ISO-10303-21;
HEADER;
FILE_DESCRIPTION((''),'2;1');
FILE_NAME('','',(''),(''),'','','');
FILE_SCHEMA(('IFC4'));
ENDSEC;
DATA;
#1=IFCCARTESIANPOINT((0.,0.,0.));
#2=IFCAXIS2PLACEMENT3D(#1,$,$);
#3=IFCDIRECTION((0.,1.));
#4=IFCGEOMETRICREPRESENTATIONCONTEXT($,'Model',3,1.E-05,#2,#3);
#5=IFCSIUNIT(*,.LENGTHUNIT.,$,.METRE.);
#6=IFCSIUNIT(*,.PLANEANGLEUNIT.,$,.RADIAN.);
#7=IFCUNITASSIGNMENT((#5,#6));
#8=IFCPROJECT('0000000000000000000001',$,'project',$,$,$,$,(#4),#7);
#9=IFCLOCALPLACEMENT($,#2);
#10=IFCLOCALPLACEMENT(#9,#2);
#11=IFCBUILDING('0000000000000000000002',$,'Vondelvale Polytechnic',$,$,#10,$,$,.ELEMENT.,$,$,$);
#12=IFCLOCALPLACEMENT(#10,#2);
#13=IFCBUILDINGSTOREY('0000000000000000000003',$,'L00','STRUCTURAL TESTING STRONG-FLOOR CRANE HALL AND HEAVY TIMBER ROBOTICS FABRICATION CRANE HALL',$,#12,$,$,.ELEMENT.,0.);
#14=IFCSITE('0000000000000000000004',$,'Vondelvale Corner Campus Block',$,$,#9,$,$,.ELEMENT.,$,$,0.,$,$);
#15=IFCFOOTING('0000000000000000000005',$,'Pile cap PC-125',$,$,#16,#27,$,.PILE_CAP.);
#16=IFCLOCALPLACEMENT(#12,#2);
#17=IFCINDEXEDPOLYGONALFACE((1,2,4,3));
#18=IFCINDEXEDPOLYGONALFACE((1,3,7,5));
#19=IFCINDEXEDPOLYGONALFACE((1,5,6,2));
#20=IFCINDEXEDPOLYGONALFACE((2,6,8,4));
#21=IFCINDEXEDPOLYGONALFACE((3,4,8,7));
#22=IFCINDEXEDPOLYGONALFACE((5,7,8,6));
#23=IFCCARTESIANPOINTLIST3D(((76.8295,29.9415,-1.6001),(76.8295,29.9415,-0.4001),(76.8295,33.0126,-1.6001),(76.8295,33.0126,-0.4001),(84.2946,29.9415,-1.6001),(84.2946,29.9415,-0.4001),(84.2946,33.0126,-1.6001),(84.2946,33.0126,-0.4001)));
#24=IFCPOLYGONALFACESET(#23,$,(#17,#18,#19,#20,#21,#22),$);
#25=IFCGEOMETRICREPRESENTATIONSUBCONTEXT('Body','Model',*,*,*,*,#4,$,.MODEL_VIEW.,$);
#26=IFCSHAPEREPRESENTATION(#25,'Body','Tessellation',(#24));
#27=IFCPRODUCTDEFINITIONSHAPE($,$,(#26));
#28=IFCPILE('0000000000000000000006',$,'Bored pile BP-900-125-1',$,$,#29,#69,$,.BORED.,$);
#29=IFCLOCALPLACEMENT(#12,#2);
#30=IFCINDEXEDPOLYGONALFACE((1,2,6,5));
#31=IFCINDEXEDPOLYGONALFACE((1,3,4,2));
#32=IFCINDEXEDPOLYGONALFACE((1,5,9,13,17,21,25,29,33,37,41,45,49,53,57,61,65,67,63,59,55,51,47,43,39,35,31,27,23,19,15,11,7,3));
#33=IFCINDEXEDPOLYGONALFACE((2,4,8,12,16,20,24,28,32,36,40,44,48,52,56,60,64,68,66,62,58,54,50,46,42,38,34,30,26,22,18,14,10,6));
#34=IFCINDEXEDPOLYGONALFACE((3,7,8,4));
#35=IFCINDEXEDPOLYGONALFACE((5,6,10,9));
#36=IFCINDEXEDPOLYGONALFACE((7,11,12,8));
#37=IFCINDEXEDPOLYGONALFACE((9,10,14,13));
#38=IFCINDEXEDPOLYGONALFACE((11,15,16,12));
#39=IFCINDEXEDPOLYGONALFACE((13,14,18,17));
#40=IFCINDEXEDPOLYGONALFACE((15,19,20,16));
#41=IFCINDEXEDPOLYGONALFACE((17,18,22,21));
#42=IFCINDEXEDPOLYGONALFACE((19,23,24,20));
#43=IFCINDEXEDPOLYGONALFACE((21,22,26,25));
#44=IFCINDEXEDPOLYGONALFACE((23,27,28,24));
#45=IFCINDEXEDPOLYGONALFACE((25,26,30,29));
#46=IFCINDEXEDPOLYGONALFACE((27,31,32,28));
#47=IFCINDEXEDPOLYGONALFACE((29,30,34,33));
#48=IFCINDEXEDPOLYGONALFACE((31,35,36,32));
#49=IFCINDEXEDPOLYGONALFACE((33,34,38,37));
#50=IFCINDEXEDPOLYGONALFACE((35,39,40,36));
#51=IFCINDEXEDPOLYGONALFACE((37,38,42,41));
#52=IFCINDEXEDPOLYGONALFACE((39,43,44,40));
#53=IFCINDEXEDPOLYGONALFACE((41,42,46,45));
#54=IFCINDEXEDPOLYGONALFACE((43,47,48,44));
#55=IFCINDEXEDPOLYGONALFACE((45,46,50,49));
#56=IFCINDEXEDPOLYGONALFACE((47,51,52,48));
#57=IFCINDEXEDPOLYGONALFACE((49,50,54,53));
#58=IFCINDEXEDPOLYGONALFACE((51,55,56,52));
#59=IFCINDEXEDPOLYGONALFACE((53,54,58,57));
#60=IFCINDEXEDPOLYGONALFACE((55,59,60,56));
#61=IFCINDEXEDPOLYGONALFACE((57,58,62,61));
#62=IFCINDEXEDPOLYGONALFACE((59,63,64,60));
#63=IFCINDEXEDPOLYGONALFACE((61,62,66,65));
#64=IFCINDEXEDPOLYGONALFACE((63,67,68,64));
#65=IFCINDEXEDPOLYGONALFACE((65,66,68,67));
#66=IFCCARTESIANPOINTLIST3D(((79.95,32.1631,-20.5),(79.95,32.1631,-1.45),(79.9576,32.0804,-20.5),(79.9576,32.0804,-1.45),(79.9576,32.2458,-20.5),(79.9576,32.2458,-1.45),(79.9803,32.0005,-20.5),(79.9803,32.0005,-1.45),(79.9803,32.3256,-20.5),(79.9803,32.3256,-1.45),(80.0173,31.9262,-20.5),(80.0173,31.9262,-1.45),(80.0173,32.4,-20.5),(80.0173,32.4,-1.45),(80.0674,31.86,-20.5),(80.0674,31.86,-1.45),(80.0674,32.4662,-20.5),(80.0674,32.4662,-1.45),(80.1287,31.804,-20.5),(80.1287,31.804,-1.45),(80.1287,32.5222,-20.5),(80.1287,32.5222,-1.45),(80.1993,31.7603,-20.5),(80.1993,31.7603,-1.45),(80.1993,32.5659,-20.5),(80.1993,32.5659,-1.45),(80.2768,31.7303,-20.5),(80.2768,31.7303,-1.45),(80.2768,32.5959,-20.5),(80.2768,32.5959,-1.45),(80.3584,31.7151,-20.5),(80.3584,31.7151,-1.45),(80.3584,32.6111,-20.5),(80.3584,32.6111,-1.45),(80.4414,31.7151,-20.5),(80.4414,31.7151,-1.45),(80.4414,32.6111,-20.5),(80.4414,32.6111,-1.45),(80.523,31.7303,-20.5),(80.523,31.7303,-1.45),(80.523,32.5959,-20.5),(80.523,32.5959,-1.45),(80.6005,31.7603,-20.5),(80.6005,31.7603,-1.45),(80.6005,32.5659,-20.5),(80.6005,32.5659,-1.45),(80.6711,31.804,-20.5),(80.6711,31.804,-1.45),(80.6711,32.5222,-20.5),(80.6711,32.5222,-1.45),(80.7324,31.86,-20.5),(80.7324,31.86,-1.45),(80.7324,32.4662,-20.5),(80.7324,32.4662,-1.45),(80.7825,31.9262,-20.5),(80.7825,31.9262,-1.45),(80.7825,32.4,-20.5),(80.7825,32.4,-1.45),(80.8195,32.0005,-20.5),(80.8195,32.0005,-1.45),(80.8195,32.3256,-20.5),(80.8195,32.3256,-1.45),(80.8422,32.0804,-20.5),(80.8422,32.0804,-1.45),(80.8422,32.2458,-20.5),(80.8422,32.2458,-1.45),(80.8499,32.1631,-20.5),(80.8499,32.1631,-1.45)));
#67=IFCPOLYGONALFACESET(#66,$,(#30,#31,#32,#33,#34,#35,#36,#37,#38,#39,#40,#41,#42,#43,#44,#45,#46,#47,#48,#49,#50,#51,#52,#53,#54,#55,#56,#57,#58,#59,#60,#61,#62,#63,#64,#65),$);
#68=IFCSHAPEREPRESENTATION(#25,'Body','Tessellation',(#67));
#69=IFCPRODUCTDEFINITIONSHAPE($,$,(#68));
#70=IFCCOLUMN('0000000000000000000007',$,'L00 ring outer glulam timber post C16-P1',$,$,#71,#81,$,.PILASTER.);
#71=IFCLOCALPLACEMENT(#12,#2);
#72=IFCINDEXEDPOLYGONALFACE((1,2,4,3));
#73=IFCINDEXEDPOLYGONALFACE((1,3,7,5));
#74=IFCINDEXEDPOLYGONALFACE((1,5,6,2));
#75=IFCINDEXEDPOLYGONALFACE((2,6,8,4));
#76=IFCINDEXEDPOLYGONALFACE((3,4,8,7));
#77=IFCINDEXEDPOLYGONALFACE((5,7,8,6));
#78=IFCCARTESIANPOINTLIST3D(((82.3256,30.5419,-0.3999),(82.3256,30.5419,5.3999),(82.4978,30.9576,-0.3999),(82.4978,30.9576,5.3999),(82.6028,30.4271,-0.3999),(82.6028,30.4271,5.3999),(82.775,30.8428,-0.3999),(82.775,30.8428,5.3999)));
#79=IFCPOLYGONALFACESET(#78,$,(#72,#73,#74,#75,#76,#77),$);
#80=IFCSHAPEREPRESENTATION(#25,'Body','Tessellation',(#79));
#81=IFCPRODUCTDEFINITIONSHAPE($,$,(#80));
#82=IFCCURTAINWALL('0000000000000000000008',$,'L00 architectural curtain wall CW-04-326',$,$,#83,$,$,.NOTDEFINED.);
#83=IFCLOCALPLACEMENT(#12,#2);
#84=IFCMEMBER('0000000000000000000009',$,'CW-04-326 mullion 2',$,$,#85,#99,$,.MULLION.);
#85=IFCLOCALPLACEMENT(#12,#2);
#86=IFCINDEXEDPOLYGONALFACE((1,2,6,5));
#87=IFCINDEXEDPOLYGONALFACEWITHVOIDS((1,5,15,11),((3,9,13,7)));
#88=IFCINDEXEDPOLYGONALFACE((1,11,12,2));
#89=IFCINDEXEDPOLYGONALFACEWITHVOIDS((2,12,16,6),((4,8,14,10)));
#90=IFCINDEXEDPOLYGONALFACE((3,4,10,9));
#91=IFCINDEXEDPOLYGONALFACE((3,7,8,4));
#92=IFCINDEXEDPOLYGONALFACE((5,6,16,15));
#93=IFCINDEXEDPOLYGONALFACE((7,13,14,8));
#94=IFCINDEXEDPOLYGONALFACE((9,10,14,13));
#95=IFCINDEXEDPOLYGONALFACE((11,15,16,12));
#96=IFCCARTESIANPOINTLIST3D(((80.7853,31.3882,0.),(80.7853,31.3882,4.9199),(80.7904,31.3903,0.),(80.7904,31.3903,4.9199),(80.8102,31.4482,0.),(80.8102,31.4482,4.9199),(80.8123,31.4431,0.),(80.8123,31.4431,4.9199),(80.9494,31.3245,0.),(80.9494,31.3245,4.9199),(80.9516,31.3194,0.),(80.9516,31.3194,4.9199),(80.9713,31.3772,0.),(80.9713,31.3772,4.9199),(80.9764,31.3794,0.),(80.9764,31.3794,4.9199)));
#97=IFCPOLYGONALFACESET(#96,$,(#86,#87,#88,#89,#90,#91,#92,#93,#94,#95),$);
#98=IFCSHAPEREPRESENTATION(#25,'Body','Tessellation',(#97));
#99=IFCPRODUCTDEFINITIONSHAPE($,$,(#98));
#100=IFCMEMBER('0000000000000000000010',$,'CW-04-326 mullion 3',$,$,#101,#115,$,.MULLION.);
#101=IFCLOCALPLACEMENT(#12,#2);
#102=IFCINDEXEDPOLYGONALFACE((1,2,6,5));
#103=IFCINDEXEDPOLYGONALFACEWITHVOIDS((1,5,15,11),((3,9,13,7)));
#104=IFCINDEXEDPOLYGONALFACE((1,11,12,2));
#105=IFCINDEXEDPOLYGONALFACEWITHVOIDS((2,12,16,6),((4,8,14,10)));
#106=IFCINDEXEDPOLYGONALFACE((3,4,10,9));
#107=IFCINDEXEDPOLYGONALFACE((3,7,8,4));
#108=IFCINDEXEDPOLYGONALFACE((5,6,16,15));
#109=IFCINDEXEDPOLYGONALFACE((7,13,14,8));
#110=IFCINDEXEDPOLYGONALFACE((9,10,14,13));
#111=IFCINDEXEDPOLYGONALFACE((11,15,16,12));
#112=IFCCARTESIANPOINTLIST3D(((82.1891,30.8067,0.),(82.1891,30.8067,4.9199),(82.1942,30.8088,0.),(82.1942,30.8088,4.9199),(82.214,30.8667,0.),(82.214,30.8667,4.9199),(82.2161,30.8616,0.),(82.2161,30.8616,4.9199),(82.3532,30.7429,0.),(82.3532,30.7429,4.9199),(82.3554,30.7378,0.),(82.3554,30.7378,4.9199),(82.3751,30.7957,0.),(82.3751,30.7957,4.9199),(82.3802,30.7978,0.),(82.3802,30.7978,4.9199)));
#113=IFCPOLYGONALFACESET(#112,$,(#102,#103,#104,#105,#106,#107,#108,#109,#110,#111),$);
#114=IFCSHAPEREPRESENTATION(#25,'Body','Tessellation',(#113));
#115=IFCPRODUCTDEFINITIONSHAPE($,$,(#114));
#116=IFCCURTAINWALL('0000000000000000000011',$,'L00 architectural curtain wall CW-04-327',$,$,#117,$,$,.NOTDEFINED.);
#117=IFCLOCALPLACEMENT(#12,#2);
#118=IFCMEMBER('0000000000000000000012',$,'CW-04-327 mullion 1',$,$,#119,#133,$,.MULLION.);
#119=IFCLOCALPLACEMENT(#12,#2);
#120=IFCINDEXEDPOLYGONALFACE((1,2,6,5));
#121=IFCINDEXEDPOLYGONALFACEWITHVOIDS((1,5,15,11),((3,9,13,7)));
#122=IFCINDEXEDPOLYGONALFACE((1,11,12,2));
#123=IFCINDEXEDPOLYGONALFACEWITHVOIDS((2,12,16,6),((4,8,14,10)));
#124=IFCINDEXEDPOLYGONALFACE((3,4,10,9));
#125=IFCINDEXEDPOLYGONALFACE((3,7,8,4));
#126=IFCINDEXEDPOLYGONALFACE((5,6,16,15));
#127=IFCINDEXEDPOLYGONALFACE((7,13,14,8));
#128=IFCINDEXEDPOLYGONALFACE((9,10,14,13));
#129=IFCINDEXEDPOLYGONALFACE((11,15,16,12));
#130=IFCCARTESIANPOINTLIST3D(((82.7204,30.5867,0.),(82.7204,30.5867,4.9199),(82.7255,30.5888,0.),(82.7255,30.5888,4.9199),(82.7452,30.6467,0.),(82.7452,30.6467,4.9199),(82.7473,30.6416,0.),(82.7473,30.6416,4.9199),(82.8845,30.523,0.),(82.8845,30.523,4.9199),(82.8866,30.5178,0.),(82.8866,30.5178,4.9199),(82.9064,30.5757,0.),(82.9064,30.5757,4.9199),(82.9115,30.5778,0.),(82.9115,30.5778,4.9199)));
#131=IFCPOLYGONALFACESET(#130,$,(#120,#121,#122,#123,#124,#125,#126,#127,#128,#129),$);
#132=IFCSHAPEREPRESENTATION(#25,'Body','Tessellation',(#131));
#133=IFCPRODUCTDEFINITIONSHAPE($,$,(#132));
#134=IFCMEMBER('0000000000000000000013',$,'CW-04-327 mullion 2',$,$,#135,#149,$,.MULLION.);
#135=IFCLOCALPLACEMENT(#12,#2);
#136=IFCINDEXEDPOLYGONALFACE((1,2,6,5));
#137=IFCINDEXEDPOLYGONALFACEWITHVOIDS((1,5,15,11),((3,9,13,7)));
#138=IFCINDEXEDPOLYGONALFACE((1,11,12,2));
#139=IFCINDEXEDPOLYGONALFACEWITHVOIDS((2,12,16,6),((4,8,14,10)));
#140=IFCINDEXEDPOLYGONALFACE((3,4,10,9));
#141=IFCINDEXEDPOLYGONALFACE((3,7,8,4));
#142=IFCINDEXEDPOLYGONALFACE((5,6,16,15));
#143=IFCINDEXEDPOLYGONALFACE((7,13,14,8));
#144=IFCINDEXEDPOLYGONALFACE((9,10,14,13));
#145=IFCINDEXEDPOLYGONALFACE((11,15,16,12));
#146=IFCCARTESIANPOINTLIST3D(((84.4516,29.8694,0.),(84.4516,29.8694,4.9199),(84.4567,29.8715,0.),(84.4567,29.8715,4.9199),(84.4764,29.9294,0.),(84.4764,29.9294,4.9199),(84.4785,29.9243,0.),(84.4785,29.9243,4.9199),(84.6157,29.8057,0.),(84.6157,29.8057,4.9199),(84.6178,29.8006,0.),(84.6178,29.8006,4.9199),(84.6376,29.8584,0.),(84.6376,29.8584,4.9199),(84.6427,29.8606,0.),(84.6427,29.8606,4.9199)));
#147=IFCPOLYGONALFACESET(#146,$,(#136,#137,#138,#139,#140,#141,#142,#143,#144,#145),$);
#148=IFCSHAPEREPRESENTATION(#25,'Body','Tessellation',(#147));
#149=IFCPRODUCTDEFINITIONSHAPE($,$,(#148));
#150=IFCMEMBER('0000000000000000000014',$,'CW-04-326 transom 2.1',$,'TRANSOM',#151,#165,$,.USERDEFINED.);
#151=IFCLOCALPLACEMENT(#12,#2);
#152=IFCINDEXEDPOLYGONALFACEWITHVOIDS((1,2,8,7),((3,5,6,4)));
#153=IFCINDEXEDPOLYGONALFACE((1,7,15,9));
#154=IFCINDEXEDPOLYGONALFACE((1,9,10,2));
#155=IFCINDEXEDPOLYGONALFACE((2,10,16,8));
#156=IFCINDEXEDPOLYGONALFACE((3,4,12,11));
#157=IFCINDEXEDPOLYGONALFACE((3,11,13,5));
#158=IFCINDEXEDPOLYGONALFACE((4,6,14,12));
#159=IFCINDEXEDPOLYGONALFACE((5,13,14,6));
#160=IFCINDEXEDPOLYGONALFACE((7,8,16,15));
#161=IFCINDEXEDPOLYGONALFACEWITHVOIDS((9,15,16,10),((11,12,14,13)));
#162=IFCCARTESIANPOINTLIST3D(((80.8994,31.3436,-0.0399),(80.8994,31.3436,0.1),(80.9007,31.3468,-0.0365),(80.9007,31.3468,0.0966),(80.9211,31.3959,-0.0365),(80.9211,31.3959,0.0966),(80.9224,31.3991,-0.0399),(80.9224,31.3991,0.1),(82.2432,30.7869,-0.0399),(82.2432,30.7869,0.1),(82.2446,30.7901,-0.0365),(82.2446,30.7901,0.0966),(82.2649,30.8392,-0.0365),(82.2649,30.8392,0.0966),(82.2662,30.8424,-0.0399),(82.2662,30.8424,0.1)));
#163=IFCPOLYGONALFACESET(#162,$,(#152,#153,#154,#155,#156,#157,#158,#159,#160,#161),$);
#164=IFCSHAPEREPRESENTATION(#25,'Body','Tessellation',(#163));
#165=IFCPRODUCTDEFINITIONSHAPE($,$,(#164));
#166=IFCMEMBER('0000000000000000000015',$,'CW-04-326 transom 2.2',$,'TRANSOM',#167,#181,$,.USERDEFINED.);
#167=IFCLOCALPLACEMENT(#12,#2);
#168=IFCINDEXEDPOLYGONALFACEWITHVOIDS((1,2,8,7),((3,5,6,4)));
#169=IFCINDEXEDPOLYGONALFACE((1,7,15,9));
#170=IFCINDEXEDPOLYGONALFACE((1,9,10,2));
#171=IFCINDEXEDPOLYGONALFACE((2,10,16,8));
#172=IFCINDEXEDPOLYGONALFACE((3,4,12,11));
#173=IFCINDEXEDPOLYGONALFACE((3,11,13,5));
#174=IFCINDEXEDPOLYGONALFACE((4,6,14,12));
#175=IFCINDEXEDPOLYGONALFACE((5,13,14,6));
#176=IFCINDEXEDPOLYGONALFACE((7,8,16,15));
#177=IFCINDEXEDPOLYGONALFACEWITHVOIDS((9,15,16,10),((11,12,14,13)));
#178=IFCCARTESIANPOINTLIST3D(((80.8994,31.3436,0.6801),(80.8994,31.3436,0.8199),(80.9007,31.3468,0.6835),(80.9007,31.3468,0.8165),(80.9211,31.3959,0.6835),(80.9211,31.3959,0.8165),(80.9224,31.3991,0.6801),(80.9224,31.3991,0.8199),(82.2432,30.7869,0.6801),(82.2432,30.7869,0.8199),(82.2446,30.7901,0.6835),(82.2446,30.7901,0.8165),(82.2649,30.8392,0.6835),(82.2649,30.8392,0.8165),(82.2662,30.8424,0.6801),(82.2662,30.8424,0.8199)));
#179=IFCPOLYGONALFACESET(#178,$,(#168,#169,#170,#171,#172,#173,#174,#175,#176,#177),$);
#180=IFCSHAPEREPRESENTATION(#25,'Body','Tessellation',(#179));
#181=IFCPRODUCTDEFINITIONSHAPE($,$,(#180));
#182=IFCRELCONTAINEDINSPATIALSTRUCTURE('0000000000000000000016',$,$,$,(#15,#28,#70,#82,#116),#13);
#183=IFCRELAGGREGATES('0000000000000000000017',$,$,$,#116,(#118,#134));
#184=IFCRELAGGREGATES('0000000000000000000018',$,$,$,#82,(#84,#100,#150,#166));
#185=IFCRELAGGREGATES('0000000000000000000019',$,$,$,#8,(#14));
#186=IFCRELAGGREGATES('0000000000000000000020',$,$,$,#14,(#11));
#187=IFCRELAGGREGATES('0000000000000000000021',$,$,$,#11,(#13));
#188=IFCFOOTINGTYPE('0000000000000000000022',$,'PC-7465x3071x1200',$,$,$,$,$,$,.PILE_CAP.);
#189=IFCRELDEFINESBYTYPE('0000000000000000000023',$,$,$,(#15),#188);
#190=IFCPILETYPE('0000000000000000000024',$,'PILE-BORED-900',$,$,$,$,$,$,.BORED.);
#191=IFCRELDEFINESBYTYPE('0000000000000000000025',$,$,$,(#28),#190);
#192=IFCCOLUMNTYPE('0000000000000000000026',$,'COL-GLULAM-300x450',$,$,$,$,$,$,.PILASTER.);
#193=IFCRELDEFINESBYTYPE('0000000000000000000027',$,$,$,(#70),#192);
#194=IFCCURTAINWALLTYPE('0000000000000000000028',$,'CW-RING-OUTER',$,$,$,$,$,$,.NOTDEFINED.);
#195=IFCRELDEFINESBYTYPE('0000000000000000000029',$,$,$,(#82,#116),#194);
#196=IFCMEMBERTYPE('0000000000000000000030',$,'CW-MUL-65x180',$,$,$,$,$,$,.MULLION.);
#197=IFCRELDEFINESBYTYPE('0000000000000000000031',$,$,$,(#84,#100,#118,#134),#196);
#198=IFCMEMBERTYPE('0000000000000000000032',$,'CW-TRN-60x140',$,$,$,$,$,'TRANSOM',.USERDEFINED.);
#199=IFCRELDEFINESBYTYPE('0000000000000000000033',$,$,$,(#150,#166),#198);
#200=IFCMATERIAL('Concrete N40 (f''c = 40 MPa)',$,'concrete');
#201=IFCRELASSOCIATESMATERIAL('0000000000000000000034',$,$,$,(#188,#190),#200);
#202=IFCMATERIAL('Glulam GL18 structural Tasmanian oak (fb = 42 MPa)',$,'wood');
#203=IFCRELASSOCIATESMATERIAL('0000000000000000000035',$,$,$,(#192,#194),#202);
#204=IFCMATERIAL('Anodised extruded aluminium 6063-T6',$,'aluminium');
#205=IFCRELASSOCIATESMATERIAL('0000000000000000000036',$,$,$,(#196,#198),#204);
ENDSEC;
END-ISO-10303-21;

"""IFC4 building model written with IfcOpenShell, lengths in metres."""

from ifc_helpers import new_model, si_unit, direction, frame, origin, origin_2d, place, context, subcontext, project, spatial, rectangle, hollow_rectangle, circle, extrude, material, material_profile, profile_set, type_object, element, aggregate, save


model = new_model("IFC4")

# Units and contexts
model_context = context("Model", 3, precision=1e-05, world=origin(), true_north=direction((0.0, 1.0)))
body_context = subcontext(model_context, "Body", "Model", "MODEL_VIEW")
ifc_project = project(units=[si_unit("LENGTHUNIT", "METRE"), si_unit("PLANEANGLEUNIT", "RADIAN")], contexts=[model_context])

# Site, building, storey
site_placement = place(None, origin())
site = spatial("IfcSite", under=ifc_project, at=site_placement, Name="Vondelvale Corner Campus Block", CompositionType="ELEMENT", RefElevation=0.0)
building_placement = place(site_placement, origin())
building = spatial("IfcBuilding", under=site, at=building_placement, Name="Vondelvale Polytechnic", CompositionType="ELEMENT")
storey_placement = place(building_placement, origin())
storey = spatial("IfcBuildingStorey", under=building, at=storey_placement, Name="L00", Description="STRUCTURAL TESTING STRONG-FLOOR CRANE HALL AND HEAVY TIMBER ROBOTICS FABRICATION CRANE HALL", CompositionType="ELEMENT", Elevation=0.0)

# Footing
ifc_material_1 = material(Name="Concrete N40 (f'c = 40 MPa)", Category="concrete")
footing_type = type_object("IfcFootingType", Name="PC-7465x3071x1200", PredefinedType="PILE_CAP", material=ifc_material_1)
footing_placement = place(storey_placement, frame((80.562, 31.4771, -1.6001), z_axis=(0.0, 0.0, 1.0), x_axis=(1.0, 0.0, 0.0)))
element("IfcFooting", 1, at=footing_placement, inside=storey, type_object=footing_type, Name="Pile cap PC-125", PredefinedType="PILE_CAP", context=body_context, shape_type="SweptSolid", body=[
    extrude(rectangle(XDim=7.4651, YDim=3.071, at=origin_2d()), origin(), (0.0, 0.0, 1.0), 1.2),
])

# Pile
ifc_material_profile_1 = material_profile(ifc_material_1, circle(Radius=0.45, at=origin_2d()), Name="PILE-D900")
ifc_profile_set_1 = profile_set([ifc_material_profile_1], Name="Concrete N40 (f'c = 40 MPa)")
pile_type = type_object("IfcPileType", Name="PILE-BORED-900", PredefinedType="BORED", material=ifc_profile_set_1)
pile_placement = place(storey_placement, frame((80.3999, 32.1631, -1.45), z_axis=(0.0, 0.0, -1.0), x_axis=(1.0, 0.0, 0.0)))
element("IfcPile", 2, at=pile_placement, inside=storey, type_object=pile_type, Name="Bored pile BP-900-125-1", PredefinedType="BORED", context=body_context, shape_type="SweptSolid", body=[
    extrude(circle(Radius=0.45, at=origin_2d()), origin(), (0.0, 0.0, 1.0), 19.05),
])

# Column
ifc_material_2 = material(Name="Glulam GL18 structural Tasmanian oak (fb = 42 MPa)", Category="wood")
ifc_material_profile_2 = material_profile(ifc_material_2, rectangle(XDim=0.3, YDim=0.45, at=origin_2d()), Name="GL-POST-300x450")
ifc_profile_set_2 = profile_set([ifc_material_profile_2], Name="Glulam GL18 structural Tasmanian oak (fb = 42 MPa)")
column_type = type_object("IfcColumnType", Name="COL-GLULAM-300x450", PredefinedType="PILASTER", material=ifc_profile_set_2)
column_placement = place(storey_placement, frame((82.5503, 30.6924, -0.3999), z_axis=(0.0, 0.0, 1.0), x_axis=(-0.92388, 0.382683, 0.0)))
element("IfcColumn", 3, at=column_placement, inside=storey, type_object=column_type, Name="L00 ring outer glulam timber post C16-P1", PredefinedType="PILASTER", context=body_context, shape_type="SweptSolid", body=[
    extrude(rectangle(XDim=0.3, YDim=0.45, at=origin_2d()), origin(), (0.0, 0.0, 1.0), 5.7998),
])

# Curtain walls, members
curtain_wall_type = type_object("IfcCurtainWallType", Name="CW-RING-OUTER", PredefinedType="NOTDEFINED", material=ifc_material_2)
curtain_wall_1_placement = place(storey_placement, origin())
curtain_wall_1 = element("IfcCurtainWall", 4, at=curtain_wall_1_placement, inside=storey, type_object=curtain_wall_type, Name="L00 architectural curtain wall CW-04-326", PredefinedType="NOTDEFINED")
ifc_material_3 = material(Name="Anodised extruded aluminium 6063-T6", Category="aluminium")
ifc_material_profile_3 = material_profile(ifc_material_3, hollow_rectangle(XDim=0.0649, YDim=0.1799, WallThickness=0.0039, at=origin_2d()), Name="CW-MUL-180x65")
ifc_profile_set_3 = profile_set([ifc_material_profile_3], Name="Anodised extruded aluminium 6063-T6")
member_type_1 = type_object("IfcMemberType", Name="CW-MUL-65x180", PredefinedType="MULLION", material=ifc_profile_set_3)
member_1_placement = place(storey_placement, frame((80.8809, 31.3838, 0.0), z_axis=(0.0, 0.0, 1.0), x_axis=(0.382679, 0.923881, 0.0)))
member_1 = element("IfcMember", 5, at=member_1_placement, type_object=member_type_1, Name="CW-04-326 mullion 2", PredefinedType="MULLION", context=body_context, shape_type="SweptSolid", body=[
    extrude(hollow_rectangle(XDim=0.0649, YDim=0.1799, WallThickness=0.0039, at=origin_2d()), origin(), (0.0, 0.0, 1.0), 4.9199),
])
member_2_placement = place(storey_placement, frame((82.2847, 30.8022, 0.0), z_axis=(0.0, 0.0, 1.0), x_axis=(0.382679, 0.923881, 0.0)))
member_2 = element("IfcMember", 6, at=member_2_placement, type_object=member_type_1, Name="CW-04-326 mullion 3", PredefinedType="MULLION", context=body_context, shape_type="SweptSolid", body=[
    extrude(hollow_rectangle(XDim=0.0649, YDim=0.1799, WallThickness=0.0039, at=origin_2d()), origin(), (0.0, 0.0, 1.0), 4.9199),
])
curtain_wall_2_placement = place(storey_placement, origin())
curtain_wall_2 = element("IfcCurtainWall", 7, at=curtain_wall_2_placement, inside=storey, type_object=curtain_wall_type, Name="L00 architectural curtain wall CW-04-327", PredefinedType="NOTDEFINED")
member_3_placement = place(storey_placement, frame((82.8159, 30.5823, 0.0), z_axis=(0.0, 0.0, 1.0), x_axis=(0.382695, 0.923875, 0.0)))
member_3 = element("IfcMember", 8, at=member_3_placement, type_object=member_type_1, Name="CW-04-327 mullion 1", PredefinedType="MULLION", context=body_context, shape_type="SweptSolid", body=[
    extrude(hollow_rectangle(XDim=0.0649, YDim=0.1799, WallThickness=0.0039, at=origin_2d()), origin(), (0.0, 0.0, 1.0), 4.9199),
])
member_4_placement = place(storey_placement, frame((84.5471, 29.865, 0.0), z_axis=(0.0, 0.0, 1.0), x_axis=(0.382695, 0.923875, 0.0)))
member_4 = element("IfcMember", 9, at=member_4_placement, type_object=member_type_1, Name="CW-04-327 mullion 2", PredefinedType="MULLION", context=body_context, shape_type="SweptSolid", body=[
    extrude(hollow_rectangle(XDim=0.0649, YDim=0.1799, WallThickness=0.0039, at=origin_2d()), origin(), (0.0, 0.0, 1.0), 4.9199),
])

# Members
ifc_material_profile_4 = material_profile(ifc_material_3, hollow_rectangle(XDim=0.0601, YDim=0.1399, WallThickness=0.0034, at=origin_2d()), Name="CW-TRN-140x60")
ifc_profile_set_4 = profile_set([ifc_material_profile_4], Name="Anodised extruded aluminium 6063-T6")
member_type_2 = type_object("IfcMemberType", Name="CW-TRN-60x140", ElementType="TRANSOM", PredefinedType="USERDEFINED", material=ifc_profile_set_4)
member_5_placement = place(storey_placement, frame((80.9109, 31.3713, 0.03), z_axis=(0.92387, -0.382708, 0.0), x_axis=(0.382708, 0.92387, 0.0)))
member_5 = element("IfcMember", 10, at=member_5_placement, type_object=member_type_2, Name="CW-04-326 transom 2.1", ObjectType="TRANSOM", PredefinedType="USERDEFINED", context=body_context, shape_type="SweptSolid", body=[
    extrude(hollow_rectangle(XDim=0.0601, YDim=0.1399, WallThickness=0.0034, at=origin_2d()), origin(), (0.0, 0.0, 1.0), 1.4546),
])
member_6_placement = place(storey_placement, frame((80.9109, 31.3713, 0.75), z_axis=(0.92387, -0.382708, 0.0), x_axis=(0.382708, 0.92387, 0.0)))
member_6 = element("IfcMember", 11, at=member_6_placement, type_object=member_type_2, Name="CW-04-326 transom 2.2", ObjectType="TRANSOM", PredefinedType="USERDEFINED", context=body_context, shape_type="SweptSolid", body=[
    extrude(hollow_rectangle(XDim=0.0601, YDim=0.1399, WallThickness=0.0034, at=origin_2d()), origin(), (0.0, 0.0, 1.0), 1.4546),
])

aggregate(curtain_wall_2, [member_3, member_4])
aggregate(curtain_wall_1, [member_1, member_2, member_5, member_6])

save(model, "model.ifc")
